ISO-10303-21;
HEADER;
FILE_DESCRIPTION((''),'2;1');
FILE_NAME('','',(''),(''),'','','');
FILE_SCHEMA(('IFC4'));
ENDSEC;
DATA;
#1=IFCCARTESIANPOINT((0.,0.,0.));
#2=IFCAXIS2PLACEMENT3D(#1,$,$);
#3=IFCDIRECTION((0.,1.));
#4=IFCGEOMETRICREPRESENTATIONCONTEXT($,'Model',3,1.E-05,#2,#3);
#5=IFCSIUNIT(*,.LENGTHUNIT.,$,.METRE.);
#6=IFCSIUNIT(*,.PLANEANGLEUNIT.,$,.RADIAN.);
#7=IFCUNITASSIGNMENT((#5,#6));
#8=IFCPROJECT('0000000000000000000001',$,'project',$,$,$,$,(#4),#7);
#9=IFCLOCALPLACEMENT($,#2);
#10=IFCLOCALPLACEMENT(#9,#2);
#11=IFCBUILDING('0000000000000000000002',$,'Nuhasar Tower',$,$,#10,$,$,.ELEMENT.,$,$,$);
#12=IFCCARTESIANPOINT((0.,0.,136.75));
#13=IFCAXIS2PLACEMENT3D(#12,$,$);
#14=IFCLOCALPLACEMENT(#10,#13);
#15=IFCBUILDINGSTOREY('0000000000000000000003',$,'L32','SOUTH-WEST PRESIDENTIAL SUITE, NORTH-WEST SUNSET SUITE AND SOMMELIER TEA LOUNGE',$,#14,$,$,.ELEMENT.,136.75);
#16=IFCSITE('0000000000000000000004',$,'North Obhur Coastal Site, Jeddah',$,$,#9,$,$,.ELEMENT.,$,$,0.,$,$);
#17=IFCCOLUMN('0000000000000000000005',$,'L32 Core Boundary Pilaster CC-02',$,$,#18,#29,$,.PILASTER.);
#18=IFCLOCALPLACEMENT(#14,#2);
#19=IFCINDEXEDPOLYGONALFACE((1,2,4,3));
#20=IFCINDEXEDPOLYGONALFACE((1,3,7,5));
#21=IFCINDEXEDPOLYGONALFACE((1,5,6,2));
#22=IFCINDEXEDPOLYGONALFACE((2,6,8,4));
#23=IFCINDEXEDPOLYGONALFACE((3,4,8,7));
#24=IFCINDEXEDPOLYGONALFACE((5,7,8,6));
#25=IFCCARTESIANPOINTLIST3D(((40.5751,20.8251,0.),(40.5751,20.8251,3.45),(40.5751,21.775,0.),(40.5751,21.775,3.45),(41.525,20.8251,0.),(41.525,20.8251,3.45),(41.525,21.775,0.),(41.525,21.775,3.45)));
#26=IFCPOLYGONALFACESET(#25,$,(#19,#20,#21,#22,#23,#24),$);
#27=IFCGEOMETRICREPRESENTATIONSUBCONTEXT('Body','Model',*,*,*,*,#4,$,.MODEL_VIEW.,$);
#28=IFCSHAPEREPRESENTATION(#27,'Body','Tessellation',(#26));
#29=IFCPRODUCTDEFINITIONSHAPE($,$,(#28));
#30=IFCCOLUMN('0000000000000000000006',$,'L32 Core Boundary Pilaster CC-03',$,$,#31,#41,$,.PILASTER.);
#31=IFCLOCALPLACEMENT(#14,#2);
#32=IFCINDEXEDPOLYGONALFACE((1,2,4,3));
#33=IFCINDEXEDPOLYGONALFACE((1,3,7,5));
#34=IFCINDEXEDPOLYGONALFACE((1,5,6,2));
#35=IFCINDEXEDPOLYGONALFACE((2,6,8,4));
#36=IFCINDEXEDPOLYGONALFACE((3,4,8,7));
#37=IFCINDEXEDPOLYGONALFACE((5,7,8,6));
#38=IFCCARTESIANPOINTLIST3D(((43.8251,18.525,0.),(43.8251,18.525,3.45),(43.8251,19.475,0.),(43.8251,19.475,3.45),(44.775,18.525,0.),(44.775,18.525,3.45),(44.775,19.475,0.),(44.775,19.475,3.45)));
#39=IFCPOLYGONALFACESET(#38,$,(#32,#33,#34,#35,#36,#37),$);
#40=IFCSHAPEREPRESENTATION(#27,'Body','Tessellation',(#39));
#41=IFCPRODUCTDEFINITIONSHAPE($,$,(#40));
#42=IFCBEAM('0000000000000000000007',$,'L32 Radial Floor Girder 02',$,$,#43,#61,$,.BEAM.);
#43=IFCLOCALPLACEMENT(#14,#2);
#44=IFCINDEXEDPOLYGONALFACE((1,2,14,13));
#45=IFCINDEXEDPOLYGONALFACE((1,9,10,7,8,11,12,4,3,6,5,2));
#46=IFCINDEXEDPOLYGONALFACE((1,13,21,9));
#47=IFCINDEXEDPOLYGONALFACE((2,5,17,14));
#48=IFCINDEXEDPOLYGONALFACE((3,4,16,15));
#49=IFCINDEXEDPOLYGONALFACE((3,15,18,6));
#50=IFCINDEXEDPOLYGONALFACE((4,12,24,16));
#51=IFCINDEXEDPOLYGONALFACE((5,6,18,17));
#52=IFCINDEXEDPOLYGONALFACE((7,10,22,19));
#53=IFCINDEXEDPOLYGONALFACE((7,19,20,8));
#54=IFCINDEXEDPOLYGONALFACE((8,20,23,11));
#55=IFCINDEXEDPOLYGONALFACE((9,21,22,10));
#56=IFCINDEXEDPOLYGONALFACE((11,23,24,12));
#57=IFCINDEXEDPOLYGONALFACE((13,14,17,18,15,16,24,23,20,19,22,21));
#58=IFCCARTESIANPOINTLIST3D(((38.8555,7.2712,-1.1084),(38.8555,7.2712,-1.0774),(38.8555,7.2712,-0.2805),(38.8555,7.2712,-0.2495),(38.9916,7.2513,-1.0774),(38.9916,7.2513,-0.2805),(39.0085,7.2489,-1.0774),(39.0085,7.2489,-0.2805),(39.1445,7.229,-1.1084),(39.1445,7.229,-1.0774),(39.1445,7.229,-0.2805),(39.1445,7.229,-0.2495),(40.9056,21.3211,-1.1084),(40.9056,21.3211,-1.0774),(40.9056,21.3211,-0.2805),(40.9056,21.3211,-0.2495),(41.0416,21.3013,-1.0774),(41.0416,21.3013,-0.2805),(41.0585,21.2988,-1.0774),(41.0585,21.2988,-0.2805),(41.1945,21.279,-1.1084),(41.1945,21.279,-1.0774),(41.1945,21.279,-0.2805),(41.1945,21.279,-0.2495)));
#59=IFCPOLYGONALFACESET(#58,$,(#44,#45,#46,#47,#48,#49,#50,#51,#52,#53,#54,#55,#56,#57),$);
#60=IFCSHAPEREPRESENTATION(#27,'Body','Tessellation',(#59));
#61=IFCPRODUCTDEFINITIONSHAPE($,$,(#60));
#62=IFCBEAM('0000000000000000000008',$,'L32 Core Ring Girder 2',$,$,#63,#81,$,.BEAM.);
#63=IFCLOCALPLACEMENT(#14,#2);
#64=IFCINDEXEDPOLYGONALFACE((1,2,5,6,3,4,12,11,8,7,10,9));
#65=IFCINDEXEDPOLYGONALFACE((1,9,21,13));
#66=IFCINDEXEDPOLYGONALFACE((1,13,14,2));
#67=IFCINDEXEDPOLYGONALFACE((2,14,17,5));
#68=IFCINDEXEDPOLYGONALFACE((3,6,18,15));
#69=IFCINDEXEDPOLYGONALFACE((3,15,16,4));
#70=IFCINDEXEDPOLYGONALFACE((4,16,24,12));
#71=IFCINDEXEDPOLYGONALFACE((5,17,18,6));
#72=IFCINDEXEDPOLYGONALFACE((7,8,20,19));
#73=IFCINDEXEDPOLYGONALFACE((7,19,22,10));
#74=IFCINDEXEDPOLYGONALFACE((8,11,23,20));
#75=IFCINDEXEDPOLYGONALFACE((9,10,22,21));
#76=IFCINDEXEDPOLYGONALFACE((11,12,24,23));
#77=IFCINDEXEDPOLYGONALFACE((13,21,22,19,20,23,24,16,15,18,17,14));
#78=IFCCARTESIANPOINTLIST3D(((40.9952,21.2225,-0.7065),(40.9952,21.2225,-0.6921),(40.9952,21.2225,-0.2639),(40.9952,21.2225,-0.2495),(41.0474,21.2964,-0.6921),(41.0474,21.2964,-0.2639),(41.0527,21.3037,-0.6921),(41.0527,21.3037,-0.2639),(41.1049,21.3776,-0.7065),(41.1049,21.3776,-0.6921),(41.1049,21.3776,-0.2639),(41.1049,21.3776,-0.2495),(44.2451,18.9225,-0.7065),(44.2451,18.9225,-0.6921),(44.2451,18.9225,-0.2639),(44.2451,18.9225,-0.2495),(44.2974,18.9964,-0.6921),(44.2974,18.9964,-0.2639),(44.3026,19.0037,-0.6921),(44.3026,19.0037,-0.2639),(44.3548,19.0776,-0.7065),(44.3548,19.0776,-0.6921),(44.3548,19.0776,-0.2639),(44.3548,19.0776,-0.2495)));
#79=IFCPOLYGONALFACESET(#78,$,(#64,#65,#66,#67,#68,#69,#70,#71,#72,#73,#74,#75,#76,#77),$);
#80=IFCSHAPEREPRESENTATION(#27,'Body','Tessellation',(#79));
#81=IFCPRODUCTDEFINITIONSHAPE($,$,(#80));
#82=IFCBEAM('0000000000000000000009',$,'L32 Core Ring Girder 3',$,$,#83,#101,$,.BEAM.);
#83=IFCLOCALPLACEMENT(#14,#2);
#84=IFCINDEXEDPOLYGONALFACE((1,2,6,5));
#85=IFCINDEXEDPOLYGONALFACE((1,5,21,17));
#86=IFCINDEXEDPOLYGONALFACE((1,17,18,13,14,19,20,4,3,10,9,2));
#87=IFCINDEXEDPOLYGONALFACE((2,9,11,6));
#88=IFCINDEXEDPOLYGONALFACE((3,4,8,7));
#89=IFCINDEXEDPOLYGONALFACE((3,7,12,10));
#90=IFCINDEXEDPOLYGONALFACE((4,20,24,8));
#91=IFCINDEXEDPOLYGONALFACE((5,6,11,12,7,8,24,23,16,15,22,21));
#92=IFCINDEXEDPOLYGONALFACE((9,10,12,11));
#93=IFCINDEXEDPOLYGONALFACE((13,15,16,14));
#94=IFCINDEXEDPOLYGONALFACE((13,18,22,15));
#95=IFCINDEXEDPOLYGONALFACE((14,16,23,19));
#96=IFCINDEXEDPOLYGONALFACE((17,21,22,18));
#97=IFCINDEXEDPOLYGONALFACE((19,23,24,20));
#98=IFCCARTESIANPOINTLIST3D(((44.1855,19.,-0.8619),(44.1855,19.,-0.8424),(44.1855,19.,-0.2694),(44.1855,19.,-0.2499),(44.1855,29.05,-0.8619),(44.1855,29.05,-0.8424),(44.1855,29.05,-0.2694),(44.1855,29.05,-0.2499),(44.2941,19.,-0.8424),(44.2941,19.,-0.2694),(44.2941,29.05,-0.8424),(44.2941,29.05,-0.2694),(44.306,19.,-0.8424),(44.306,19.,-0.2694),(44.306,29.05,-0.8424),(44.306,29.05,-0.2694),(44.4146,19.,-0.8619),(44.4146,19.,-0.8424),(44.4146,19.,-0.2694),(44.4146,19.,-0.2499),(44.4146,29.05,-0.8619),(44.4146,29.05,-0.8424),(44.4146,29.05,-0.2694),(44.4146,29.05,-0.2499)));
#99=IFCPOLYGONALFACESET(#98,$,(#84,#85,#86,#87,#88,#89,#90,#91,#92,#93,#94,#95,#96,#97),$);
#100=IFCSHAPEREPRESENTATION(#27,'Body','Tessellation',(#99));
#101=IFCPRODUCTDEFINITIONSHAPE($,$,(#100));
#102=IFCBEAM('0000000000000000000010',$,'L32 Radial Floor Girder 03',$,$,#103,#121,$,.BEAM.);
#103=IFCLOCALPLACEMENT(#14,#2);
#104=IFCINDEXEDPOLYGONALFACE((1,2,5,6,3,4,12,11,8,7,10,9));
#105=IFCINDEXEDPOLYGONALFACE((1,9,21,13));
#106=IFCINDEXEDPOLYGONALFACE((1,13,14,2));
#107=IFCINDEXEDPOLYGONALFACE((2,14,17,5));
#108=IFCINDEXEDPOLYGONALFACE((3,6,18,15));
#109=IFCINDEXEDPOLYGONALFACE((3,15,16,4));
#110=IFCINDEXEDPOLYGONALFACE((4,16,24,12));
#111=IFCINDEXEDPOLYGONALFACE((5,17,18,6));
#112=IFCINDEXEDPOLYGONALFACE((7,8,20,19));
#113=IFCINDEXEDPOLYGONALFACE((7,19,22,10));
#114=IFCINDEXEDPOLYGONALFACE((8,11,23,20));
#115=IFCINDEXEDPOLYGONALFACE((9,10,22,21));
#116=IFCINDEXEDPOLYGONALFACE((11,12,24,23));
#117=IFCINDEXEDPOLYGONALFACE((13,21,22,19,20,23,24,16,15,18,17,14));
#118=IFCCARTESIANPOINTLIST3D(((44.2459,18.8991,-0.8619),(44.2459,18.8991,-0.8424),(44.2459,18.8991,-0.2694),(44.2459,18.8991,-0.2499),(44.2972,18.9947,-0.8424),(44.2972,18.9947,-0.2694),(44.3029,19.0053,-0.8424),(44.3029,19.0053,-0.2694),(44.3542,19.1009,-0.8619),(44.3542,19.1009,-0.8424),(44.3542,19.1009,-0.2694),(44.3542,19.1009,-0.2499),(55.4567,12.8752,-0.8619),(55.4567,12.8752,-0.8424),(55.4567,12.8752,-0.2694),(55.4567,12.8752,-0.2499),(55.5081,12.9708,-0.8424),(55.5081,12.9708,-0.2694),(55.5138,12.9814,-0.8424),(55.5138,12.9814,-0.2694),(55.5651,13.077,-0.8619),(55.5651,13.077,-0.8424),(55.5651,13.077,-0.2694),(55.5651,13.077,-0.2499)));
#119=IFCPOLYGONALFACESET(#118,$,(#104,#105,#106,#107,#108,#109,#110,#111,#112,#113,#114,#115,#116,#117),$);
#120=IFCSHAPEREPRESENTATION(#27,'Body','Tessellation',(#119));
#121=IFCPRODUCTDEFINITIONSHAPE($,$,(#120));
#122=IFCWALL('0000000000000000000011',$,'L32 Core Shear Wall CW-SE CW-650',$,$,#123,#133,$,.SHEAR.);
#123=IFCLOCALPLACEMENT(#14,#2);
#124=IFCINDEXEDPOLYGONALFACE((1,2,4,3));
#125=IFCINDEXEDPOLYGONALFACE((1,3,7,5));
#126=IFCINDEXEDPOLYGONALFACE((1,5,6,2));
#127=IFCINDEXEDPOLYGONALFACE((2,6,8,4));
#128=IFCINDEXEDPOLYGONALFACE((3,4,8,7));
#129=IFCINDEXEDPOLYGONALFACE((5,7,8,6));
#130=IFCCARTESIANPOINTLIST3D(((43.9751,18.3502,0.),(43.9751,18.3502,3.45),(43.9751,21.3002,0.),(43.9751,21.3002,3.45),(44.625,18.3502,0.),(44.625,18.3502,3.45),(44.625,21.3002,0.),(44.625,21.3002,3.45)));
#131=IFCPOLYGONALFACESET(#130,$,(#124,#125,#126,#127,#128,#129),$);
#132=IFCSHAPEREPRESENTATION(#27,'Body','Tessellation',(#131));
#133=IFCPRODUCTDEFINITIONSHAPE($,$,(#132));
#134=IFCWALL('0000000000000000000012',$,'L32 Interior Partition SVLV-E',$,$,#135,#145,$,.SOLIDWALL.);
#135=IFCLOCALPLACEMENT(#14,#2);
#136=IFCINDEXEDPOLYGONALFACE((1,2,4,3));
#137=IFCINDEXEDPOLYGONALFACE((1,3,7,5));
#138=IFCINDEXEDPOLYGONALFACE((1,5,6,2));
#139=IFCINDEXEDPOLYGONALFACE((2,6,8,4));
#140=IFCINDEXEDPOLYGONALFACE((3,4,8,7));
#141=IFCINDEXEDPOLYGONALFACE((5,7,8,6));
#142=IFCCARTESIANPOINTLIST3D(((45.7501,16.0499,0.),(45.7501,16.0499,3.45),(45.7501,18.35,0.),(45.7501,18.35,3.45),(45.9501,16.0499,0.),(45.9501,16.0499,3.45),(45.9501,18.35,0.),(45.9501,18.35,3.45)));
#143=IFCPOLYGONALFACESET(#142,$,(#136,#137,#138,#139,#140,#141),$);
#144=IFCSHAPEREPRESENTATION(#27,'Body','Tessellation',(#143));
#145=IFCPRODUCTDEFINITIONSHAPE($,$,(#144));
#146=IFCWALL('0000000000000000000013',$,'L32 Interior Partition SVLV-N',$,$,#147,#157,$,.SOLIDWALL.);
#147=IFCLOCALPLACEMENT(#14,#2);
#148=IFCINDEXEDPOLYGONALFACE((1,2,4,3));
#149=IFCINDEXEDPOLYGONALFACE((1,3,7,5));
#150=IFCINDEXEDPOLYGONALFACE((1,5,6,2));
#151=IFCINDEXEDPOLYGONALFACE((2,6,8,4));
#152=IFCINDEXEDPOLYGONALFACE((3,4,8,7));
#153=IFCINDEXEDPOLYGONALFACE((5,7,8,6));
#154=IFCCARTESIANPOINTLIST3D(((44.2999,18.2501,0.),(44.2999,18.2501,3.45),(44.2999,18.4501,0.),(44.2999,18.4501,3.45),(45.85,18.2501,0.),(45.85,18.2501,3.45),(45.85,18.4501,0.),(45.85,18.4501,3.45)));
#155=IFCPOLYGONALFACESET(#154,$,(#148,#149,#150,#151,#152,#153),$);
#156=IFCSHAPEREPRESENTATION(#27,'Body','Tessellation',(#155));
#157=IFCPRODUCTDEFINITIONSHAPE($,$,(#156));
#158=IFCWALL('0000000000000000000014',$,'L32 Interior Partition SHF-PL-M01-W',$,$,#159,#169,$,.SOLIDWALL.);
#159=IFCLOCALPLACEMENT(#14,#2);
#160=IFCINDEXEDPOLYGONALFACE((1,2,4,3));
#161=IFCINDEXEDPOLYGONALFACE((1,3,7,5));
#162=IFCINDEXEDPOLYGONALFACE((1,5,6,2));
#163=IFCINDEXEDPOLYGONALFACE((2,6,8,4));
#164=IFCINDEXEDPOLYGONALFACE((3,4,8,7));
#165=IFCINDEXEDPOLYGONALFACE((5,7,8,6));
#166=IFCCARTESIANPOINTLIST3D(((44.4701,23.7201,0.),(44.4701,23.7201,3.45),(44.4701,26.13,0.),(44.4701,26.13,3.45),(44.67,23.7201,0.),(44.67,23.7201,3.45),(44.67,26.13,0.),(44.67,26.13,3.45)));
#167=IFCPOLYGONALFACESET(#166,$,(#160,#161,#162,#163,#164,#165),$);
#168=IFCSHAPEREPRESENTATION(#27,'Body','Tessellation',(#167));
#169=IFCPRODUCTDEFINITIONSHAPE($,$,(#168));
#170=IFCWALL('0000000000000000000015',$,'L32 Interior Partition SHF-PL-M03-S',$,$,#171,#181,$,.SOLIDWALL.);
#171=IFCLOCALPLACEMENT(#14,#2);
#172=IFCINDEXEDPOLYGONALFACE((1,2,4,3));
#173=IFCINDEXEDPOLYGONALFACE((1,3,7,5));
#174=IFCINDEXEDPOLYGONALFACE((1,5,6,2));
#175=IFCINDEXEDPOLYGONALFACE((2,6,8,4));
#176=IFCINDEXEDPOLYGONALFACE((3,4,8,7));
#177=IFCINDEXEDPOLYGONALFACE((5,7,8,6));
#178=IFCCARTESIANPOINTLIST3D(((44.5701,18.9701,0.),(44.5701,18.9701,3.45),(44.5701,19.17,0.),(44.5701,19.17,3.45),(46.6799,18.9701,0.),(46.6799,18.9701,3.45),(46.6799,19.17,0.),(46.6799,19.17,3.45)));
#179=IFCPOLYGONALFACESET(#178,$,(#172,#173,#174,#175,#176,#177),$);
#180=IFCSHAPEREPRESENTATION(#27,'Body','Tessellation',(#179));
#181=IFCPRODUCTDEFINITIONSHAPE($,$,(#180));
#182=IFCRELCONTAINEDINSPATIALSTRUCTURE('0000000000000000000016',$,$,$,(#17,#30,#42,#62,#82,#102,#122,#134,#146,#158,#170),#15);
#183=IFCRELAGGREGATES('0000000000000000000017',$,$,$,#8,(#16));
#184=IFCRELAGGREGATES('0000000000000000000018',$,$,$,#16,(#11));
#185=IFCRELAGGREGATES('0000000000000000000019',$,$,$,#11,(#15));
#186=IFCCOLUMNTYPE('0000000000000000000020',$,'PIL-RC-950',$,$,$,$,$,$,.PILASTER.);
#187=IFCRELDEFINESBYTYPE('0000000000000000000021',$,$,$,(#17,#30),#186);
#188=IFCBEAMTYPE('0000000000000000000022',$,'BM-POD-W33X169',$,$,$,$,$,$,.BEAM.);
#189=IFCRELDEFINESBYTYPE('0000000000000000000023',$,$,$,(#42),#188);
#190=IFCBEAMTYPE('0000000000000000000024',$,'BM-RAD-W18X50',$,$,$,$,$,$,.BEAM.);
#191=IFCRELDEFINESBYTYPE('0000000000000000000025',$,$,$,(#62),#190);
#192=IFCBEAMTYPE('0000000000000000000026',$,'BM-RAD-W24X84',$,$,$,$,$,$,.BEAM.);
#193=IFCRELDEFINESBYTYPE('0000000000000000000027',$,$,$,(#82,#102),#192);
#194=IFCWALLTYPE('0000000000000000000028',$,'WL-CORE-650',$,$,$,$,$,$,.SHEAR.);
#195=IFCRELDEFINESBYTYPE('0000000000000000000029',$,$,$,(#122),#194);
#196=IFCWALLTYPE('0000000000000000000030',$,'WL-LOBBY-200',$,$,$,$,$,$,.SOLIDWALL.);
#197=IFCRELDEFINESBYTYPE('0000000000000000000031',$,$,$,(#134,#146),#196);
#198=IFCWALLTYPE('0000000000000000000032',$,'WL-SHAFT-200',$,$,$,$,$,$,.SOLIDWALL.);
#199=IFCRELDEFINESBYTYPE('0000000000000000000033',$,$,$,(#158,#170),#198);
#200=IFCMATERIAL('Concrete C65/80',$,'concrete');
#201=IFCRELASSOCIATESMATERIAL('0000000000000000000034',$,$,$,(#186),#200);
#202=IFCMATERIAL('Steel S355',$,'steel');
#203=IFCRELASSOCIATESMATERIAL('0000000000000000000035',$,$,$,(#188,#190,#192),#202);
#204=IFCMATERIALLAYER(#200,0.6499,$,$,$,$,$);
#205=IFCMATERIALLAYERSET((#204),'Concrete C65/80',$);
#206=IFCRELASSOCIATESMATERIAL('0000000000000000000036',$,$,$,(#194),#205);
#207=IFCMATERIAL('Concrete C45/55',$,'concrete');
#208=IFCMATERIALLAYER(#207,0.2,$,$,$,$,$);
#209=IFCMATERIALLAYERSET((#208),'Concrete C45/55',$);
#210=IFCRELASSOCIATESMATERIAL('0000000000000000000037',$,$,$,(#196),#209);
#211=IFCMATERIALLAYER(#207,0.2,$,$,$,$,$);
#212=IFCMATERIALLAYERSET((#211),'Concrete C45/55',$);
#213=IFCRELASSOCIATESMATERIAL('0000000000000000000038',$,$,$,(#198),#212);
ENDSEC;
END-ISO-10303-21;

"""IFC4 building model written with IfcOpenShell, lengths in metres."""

from ifc_helpers import new_model, si_unit, direction, frame, frame_2d, origin, origin_2d, place, context, subcontext, project, spatial, rectangle, i_section, extrude, material, layer, layer_set, material_profile, profile_set, type_object, element, save


model = new_model("IFC4")

# Units and contexts
model_context = context("Model", 3, precision=1e-05, world=origin(), true_north=direction((0.0, 1.0)))
body_context = subcontext(model_context, "Body", "Model", "MODEL_VIEW")
ifc_project = project(units=[si_unit("LENGTHUNIT", "METRE"), si_unit("PLANEANGLEUNIT", "RADIAN")], contexts=[model_context])

# Site, building, storey
site_placement = place(None, origin())
site = spatial("IfcSite", under=ifc_project, at=site_placement, Name="North Obhur Coastal Site, Jeddah", CompositionType="ELEMENT", RefElevation=0.0)
building_placement = place(site_placement, origin())
building = spatial("IfcBuilding", under=site, at=building_placement, Name="Nuhasar Tower", CompositionType="ELEMENT")
storey_placement = place(building_placement, frame((0.0, 0.0, 136.75)))
storey = spatial("IfcBuildingStorey", under=building, at=storey_placement, Name="L32", Description="SOUTH-WEST PRESIDENTIAL SUITE, NORTH-WEST SUNSET SUITE AND SOMMELIER TEA LOUNGE", CompositionType="ELEMENT", Elevation=136.75)

# Columns
ifc_material_1 = material(Name="Concrete C65/80", Category="concrete")
ifc_material_profile_1 = material_profile(ifc_material_1, rectangle(XDim=0.95, YDim=0.95, at=origin_2d()), Name="RC950X950")
ifc_profile_set_1 = profile_set([ifc_material_profile_1], Name="Concrete C65/80")
column_type = type_object("IfcColumnType", Name="PIL-RC-950", PredefinedType="PILASTER", material=ifc_profile_set_1)
for number, where, z_axis, x_axis, name in (
    (1, (41.05, 21.3, 0.0), (0.0, 0.0, 1.0), (1.0, 0.0, 0.0), "L32 Core Boundary Pilaster CC-02"),
    (2, (44.3, 19.0, 0.0), (0.0, 0.0, 1.0), (1.0, 0.0, 0.0), "L32 Core Boundary Pilaster CC-03"),
):
    element("IfcColumn", number, at=place(storey_placement, frame(where, z_axis=z_axis, x_axis=x_axis)), inside=storey, type_object=column_type, Name=name, PredefinedType="PILASTER", context=body_context, shape_type="SweptSolid", body=[
        extrude(rectangle(XDim=0.95, YDim=0.95, at=origin_2d()), origin(), (0.0, 0.0, 1.0), 3.45),
    ])

# Beams
ifc_material_2 = material(Name="Steel S355", Category="steel")
ifc_material_profile_2 = material_profile(ifc_material_2, i_section(OverallWidth=0.292, OverallDepth=0.8589, WebThickness=0.0171, FlangeThickness=0.031, at=origin_2d()), Name="W33X169")
ifc_profile_set_2 = profile_set([ifc_material_profile_2], Name="Steel S355")
beam_type_1 = type_object("IfcBeamType", Name="BM-POD-W33X169", PredefinedType="BEAM", material=ifc_profile_set_2)
beam_1_placement = place(storey_placement, frame((41.05, 21.3, -0.679), z_axis=(-0.144382, -0.989522, 0.0), x_axis=(0.989522, -0.144382, 0.0)))
element("IfcBeam", 3, at=beam_1_placement, inside=storey, type_object=beam_type_1, Name="L32 Radial Floor Girder 02", PredefinedType="BEAM", context=body_context, shape_type="SweptSolid", body=[
    extrude(i_section(OverallWidth=0.292, OverallDepth=0.8589, WebThickness=0.0171, FlangeThickness=0.031, at=origin_2d()), origin(), (0.0, 0.0, 1.0), 14.1987),
])
ifc_material_profile_3 = material_profile(ifc_material_2, i_section(OverallWidth=0.1899, OverallDepth=0.457, WebThickness=0.009, FlangeThickness=0.0144, at=origin_2d()), Name="W18X50")
ifc_profile_set_3 = profile_set([ifc_material_profile_3], Name="Steel S355")
beam_type_2 = type_object("IfcBeamType", Name="BM-RAD-W18X50", PredefinedType="BEAM", material=ifc_profile_set_3)
beam_2_placement = place(storey_placement, frame((41.05, 21.3, -0.478), z_axis=(0.816265, -0.577677, 0.0), x_axis=(0.577677, 0.816265, 0.0)))
element("IfcBeam", 4, at=beam_2_placement, inside=storey, type_object=beam_type_2, Name="L32 Core Ring Girder 2", PredefinedType="BEAM", context=body_context, shape_type="SweptSolid", body=[
    extrude(i_section(OverallWidth=0.1899, OverallDepth=0.457, WebThickness=0.009, FlangeThickness=0.0144, at=origin_2d()), origin(), (0.0, 0.0, 1.0), 3.9814),
])
ifc_material_profile_4 = material_profile(ifc_material_2, i_section(OverallWidth=0.229, OverallDepth=0.6121, WebThickness=0.012, FlangeThickness=0.0195, at=origin_2d()), Name="W24X84")
ifc_profile_set_4 = profile_set([ifc_material_profile_4], Name="Steel S355")
beam_type_3 = type_object("IfcBeamType", Name="BM-RAD-W24X84", PredefinedType="BEAM", material=ifc_profile_set_4)
beam_3_placement = place(storey_placement, frame((44.3, 19.0, -0.5559), z_axis=(0.0, 1.0, 0.0), x_axis=(-1.0, 0.0, 0.0)))
element("IfcBeam", 5, at=beam_3_placement, inside=storey, type_object=beam_type_3, Name="L32 Core Ring Girder 3", PredefinedType="BEAM", context=body_context, shape_type="SweptSolid", body=[
    extrude(i_section(OverallWidth=0.229, OverallDepth=0.6121, WebThickness=0.012, FlangeThickness=0.0195, at=origin_2d()), origin(), (0.0, 0.0, 1.0), 10.05),
])
beam_4_placement = place(storey_placement, frame((44.3, 19.0, -0.5559), z_axis=(0.880888, -0.473324, 0.0), x_axis=(0.473324, 0.880888, 0.0)))
element("IfcBeam", 6, at=beam_4_placement, inside=storey, type_object=beam_type_3, Name="L32 Radial Floor Girder 03", PredefinedType="BEAM", context=body_context, shape_type="SweptSolid", body=[
    extrude(i_section(OverallWidth=0.229, OverallDepth=0.6121, WebThickness=0.012, FlangeThickness=0.0195, at=origin_2d()), origin(), (0.0, 0.0, 1.0), 12.7268),
])

# Wall
ifc_layer_1 = layer(ifc_material_1, 0.6499)
ifc_layer_set_1 = layer_set([ifc_layer_1], Name="Concrete C65/80")
wall_type_1 = type_object("IfcWallType", Name="WL-CORE-650", PredefinedType="SHEAR", material=ifc_layer_set_1)
wall_1_placement = place(storey_placement, frame((44.3, 18.3501, 0.0), z_axis=(0.0, 0.0, 1.0), x_axis=(0.0, 1.0, 0.0)))
element("IfcWall", 7, at=wall_1_placement, inside=storey, type_object=wall_type_1, Name="L32 Core Shear Wall CW-SE CW-650", PredefinedType="SHEAR", context=body_context, shape_type="SweptSolid", body=[
    extrude(rectangle(XDim=2.95, YDim=0.6499, at=frame_2d((1.4751, 0.0))), origin(), (0.0, 0.0, 1.0), 3.45),
])

# Shared definitions
ifc_material_3 = material(Name="Concrete C45/55", Category="concrete")
ifc_layer_2 = layer(ifc_material_3, 0.2)
ifc_layer_set_2 = layer_set([ifc_layer_2], Name="Concrete C45/55")
wall_type_2 = type_object("IfcWallType", Name="WL-LOBBY-200", PredefinedType="SOLIDWALL", material=ifc_layer_set_2)

# Walls
wall_2_placement = place(storey_placement, frame((45.8501, 16.05, 0.0), z_axis=(0.0, 0.0, 1.0), x_axis=(0.0, 1.0, 0.0)))
element("IfcWall", 8, at=wall_2_placement, inside=storey, type_object=wall_type_2, Name="L32 Interior Partition SVLV-E", PredefinedType="SOLIDWALL", context=body_context, shape_type="SweptSolid", body=[
    extrude(rectangle(XDim=2.3, YDim=0.2, at=frame_2d((1.1499, 0.0))), origin(), (0.0, 0.0, 1.0), 3.45),
])
wall_3_placement = place(storey_placement, frame((44.3, 18.3501, 0.0), z_axis=(0.0, 0.0, 1.0), x_axis=(1.0, 0.0, 0.0)))
element("IfcWall", 9, at=wall_3_placement, inside=storey, type_object=wall_type_2, Name="L32 Interior Partition SVLV-N", PredefinedType="SOLIDWALL", context=body_context, shape_type="SweptSolid", body=[
    extrude(rectangle(XDim=1.55, YDim=0.2, at=frame_2d((0.7749, 0.0))), origin(), (0.0, 0.0, 1.0), 3.45),
])

# Shared definitions
ifc_layer_3 = layer(ifc_material_3, 0.2)
ifc_layer_set_3 = layer_set([ifc_layer_3], Name="Concrete C45/55")
wall_type_3 = type_object("IfcWallType", Name="WL-SHAFT-200", PredefinedType="SOLIDWALL", material=ifc_layer_set_3)

# Walls
wall_4_placement = place(storey_placement, frame((44.5701, 23.72, 0.0), z_axis=(0.0, 0.0, 1.0), x_axis=(0.0, 1.0, 0.0)))
element("IfcWall", 10, at=wall_4_placement, inside=storey, type_object=wall_type_3, Name="L32 Interior Partition SHF-PL-M01-W", PredefinedType="SOLIDWALL", context=body_context, shape_type="SweptSolid", body=[
    extrude(rectangle(XDim=2.4099, YDim=0.2, at=frame_2d((1.2051, 0.0))), origin(), (0.0, 0.0, 1.0), 3.45),
])
wall_5_placement = place(storey_placement, frame((44.5701, 19.0701, 0.0), z_axis=(0.0, 0.0, 1.0), x_axis=(1.0, 0.0, 0.0)))
element("IfcWall", 11, at=wall_5_placement, inside=storey, type_object=wall_type_3, Name="L32 Interior Partition SHF-PL-M03-S", PredefinedType="SOLIDWALL", context=body_context, shape_type="SweptSolid", body=[
    extrude(rectangle(XDim=2.1099, YDim=0.2, at=frame_2d((1.0549, 0.0))), origin(), (0.0, 0.0, 1.0), 3.45),
])

save(model, "model.ifc")
